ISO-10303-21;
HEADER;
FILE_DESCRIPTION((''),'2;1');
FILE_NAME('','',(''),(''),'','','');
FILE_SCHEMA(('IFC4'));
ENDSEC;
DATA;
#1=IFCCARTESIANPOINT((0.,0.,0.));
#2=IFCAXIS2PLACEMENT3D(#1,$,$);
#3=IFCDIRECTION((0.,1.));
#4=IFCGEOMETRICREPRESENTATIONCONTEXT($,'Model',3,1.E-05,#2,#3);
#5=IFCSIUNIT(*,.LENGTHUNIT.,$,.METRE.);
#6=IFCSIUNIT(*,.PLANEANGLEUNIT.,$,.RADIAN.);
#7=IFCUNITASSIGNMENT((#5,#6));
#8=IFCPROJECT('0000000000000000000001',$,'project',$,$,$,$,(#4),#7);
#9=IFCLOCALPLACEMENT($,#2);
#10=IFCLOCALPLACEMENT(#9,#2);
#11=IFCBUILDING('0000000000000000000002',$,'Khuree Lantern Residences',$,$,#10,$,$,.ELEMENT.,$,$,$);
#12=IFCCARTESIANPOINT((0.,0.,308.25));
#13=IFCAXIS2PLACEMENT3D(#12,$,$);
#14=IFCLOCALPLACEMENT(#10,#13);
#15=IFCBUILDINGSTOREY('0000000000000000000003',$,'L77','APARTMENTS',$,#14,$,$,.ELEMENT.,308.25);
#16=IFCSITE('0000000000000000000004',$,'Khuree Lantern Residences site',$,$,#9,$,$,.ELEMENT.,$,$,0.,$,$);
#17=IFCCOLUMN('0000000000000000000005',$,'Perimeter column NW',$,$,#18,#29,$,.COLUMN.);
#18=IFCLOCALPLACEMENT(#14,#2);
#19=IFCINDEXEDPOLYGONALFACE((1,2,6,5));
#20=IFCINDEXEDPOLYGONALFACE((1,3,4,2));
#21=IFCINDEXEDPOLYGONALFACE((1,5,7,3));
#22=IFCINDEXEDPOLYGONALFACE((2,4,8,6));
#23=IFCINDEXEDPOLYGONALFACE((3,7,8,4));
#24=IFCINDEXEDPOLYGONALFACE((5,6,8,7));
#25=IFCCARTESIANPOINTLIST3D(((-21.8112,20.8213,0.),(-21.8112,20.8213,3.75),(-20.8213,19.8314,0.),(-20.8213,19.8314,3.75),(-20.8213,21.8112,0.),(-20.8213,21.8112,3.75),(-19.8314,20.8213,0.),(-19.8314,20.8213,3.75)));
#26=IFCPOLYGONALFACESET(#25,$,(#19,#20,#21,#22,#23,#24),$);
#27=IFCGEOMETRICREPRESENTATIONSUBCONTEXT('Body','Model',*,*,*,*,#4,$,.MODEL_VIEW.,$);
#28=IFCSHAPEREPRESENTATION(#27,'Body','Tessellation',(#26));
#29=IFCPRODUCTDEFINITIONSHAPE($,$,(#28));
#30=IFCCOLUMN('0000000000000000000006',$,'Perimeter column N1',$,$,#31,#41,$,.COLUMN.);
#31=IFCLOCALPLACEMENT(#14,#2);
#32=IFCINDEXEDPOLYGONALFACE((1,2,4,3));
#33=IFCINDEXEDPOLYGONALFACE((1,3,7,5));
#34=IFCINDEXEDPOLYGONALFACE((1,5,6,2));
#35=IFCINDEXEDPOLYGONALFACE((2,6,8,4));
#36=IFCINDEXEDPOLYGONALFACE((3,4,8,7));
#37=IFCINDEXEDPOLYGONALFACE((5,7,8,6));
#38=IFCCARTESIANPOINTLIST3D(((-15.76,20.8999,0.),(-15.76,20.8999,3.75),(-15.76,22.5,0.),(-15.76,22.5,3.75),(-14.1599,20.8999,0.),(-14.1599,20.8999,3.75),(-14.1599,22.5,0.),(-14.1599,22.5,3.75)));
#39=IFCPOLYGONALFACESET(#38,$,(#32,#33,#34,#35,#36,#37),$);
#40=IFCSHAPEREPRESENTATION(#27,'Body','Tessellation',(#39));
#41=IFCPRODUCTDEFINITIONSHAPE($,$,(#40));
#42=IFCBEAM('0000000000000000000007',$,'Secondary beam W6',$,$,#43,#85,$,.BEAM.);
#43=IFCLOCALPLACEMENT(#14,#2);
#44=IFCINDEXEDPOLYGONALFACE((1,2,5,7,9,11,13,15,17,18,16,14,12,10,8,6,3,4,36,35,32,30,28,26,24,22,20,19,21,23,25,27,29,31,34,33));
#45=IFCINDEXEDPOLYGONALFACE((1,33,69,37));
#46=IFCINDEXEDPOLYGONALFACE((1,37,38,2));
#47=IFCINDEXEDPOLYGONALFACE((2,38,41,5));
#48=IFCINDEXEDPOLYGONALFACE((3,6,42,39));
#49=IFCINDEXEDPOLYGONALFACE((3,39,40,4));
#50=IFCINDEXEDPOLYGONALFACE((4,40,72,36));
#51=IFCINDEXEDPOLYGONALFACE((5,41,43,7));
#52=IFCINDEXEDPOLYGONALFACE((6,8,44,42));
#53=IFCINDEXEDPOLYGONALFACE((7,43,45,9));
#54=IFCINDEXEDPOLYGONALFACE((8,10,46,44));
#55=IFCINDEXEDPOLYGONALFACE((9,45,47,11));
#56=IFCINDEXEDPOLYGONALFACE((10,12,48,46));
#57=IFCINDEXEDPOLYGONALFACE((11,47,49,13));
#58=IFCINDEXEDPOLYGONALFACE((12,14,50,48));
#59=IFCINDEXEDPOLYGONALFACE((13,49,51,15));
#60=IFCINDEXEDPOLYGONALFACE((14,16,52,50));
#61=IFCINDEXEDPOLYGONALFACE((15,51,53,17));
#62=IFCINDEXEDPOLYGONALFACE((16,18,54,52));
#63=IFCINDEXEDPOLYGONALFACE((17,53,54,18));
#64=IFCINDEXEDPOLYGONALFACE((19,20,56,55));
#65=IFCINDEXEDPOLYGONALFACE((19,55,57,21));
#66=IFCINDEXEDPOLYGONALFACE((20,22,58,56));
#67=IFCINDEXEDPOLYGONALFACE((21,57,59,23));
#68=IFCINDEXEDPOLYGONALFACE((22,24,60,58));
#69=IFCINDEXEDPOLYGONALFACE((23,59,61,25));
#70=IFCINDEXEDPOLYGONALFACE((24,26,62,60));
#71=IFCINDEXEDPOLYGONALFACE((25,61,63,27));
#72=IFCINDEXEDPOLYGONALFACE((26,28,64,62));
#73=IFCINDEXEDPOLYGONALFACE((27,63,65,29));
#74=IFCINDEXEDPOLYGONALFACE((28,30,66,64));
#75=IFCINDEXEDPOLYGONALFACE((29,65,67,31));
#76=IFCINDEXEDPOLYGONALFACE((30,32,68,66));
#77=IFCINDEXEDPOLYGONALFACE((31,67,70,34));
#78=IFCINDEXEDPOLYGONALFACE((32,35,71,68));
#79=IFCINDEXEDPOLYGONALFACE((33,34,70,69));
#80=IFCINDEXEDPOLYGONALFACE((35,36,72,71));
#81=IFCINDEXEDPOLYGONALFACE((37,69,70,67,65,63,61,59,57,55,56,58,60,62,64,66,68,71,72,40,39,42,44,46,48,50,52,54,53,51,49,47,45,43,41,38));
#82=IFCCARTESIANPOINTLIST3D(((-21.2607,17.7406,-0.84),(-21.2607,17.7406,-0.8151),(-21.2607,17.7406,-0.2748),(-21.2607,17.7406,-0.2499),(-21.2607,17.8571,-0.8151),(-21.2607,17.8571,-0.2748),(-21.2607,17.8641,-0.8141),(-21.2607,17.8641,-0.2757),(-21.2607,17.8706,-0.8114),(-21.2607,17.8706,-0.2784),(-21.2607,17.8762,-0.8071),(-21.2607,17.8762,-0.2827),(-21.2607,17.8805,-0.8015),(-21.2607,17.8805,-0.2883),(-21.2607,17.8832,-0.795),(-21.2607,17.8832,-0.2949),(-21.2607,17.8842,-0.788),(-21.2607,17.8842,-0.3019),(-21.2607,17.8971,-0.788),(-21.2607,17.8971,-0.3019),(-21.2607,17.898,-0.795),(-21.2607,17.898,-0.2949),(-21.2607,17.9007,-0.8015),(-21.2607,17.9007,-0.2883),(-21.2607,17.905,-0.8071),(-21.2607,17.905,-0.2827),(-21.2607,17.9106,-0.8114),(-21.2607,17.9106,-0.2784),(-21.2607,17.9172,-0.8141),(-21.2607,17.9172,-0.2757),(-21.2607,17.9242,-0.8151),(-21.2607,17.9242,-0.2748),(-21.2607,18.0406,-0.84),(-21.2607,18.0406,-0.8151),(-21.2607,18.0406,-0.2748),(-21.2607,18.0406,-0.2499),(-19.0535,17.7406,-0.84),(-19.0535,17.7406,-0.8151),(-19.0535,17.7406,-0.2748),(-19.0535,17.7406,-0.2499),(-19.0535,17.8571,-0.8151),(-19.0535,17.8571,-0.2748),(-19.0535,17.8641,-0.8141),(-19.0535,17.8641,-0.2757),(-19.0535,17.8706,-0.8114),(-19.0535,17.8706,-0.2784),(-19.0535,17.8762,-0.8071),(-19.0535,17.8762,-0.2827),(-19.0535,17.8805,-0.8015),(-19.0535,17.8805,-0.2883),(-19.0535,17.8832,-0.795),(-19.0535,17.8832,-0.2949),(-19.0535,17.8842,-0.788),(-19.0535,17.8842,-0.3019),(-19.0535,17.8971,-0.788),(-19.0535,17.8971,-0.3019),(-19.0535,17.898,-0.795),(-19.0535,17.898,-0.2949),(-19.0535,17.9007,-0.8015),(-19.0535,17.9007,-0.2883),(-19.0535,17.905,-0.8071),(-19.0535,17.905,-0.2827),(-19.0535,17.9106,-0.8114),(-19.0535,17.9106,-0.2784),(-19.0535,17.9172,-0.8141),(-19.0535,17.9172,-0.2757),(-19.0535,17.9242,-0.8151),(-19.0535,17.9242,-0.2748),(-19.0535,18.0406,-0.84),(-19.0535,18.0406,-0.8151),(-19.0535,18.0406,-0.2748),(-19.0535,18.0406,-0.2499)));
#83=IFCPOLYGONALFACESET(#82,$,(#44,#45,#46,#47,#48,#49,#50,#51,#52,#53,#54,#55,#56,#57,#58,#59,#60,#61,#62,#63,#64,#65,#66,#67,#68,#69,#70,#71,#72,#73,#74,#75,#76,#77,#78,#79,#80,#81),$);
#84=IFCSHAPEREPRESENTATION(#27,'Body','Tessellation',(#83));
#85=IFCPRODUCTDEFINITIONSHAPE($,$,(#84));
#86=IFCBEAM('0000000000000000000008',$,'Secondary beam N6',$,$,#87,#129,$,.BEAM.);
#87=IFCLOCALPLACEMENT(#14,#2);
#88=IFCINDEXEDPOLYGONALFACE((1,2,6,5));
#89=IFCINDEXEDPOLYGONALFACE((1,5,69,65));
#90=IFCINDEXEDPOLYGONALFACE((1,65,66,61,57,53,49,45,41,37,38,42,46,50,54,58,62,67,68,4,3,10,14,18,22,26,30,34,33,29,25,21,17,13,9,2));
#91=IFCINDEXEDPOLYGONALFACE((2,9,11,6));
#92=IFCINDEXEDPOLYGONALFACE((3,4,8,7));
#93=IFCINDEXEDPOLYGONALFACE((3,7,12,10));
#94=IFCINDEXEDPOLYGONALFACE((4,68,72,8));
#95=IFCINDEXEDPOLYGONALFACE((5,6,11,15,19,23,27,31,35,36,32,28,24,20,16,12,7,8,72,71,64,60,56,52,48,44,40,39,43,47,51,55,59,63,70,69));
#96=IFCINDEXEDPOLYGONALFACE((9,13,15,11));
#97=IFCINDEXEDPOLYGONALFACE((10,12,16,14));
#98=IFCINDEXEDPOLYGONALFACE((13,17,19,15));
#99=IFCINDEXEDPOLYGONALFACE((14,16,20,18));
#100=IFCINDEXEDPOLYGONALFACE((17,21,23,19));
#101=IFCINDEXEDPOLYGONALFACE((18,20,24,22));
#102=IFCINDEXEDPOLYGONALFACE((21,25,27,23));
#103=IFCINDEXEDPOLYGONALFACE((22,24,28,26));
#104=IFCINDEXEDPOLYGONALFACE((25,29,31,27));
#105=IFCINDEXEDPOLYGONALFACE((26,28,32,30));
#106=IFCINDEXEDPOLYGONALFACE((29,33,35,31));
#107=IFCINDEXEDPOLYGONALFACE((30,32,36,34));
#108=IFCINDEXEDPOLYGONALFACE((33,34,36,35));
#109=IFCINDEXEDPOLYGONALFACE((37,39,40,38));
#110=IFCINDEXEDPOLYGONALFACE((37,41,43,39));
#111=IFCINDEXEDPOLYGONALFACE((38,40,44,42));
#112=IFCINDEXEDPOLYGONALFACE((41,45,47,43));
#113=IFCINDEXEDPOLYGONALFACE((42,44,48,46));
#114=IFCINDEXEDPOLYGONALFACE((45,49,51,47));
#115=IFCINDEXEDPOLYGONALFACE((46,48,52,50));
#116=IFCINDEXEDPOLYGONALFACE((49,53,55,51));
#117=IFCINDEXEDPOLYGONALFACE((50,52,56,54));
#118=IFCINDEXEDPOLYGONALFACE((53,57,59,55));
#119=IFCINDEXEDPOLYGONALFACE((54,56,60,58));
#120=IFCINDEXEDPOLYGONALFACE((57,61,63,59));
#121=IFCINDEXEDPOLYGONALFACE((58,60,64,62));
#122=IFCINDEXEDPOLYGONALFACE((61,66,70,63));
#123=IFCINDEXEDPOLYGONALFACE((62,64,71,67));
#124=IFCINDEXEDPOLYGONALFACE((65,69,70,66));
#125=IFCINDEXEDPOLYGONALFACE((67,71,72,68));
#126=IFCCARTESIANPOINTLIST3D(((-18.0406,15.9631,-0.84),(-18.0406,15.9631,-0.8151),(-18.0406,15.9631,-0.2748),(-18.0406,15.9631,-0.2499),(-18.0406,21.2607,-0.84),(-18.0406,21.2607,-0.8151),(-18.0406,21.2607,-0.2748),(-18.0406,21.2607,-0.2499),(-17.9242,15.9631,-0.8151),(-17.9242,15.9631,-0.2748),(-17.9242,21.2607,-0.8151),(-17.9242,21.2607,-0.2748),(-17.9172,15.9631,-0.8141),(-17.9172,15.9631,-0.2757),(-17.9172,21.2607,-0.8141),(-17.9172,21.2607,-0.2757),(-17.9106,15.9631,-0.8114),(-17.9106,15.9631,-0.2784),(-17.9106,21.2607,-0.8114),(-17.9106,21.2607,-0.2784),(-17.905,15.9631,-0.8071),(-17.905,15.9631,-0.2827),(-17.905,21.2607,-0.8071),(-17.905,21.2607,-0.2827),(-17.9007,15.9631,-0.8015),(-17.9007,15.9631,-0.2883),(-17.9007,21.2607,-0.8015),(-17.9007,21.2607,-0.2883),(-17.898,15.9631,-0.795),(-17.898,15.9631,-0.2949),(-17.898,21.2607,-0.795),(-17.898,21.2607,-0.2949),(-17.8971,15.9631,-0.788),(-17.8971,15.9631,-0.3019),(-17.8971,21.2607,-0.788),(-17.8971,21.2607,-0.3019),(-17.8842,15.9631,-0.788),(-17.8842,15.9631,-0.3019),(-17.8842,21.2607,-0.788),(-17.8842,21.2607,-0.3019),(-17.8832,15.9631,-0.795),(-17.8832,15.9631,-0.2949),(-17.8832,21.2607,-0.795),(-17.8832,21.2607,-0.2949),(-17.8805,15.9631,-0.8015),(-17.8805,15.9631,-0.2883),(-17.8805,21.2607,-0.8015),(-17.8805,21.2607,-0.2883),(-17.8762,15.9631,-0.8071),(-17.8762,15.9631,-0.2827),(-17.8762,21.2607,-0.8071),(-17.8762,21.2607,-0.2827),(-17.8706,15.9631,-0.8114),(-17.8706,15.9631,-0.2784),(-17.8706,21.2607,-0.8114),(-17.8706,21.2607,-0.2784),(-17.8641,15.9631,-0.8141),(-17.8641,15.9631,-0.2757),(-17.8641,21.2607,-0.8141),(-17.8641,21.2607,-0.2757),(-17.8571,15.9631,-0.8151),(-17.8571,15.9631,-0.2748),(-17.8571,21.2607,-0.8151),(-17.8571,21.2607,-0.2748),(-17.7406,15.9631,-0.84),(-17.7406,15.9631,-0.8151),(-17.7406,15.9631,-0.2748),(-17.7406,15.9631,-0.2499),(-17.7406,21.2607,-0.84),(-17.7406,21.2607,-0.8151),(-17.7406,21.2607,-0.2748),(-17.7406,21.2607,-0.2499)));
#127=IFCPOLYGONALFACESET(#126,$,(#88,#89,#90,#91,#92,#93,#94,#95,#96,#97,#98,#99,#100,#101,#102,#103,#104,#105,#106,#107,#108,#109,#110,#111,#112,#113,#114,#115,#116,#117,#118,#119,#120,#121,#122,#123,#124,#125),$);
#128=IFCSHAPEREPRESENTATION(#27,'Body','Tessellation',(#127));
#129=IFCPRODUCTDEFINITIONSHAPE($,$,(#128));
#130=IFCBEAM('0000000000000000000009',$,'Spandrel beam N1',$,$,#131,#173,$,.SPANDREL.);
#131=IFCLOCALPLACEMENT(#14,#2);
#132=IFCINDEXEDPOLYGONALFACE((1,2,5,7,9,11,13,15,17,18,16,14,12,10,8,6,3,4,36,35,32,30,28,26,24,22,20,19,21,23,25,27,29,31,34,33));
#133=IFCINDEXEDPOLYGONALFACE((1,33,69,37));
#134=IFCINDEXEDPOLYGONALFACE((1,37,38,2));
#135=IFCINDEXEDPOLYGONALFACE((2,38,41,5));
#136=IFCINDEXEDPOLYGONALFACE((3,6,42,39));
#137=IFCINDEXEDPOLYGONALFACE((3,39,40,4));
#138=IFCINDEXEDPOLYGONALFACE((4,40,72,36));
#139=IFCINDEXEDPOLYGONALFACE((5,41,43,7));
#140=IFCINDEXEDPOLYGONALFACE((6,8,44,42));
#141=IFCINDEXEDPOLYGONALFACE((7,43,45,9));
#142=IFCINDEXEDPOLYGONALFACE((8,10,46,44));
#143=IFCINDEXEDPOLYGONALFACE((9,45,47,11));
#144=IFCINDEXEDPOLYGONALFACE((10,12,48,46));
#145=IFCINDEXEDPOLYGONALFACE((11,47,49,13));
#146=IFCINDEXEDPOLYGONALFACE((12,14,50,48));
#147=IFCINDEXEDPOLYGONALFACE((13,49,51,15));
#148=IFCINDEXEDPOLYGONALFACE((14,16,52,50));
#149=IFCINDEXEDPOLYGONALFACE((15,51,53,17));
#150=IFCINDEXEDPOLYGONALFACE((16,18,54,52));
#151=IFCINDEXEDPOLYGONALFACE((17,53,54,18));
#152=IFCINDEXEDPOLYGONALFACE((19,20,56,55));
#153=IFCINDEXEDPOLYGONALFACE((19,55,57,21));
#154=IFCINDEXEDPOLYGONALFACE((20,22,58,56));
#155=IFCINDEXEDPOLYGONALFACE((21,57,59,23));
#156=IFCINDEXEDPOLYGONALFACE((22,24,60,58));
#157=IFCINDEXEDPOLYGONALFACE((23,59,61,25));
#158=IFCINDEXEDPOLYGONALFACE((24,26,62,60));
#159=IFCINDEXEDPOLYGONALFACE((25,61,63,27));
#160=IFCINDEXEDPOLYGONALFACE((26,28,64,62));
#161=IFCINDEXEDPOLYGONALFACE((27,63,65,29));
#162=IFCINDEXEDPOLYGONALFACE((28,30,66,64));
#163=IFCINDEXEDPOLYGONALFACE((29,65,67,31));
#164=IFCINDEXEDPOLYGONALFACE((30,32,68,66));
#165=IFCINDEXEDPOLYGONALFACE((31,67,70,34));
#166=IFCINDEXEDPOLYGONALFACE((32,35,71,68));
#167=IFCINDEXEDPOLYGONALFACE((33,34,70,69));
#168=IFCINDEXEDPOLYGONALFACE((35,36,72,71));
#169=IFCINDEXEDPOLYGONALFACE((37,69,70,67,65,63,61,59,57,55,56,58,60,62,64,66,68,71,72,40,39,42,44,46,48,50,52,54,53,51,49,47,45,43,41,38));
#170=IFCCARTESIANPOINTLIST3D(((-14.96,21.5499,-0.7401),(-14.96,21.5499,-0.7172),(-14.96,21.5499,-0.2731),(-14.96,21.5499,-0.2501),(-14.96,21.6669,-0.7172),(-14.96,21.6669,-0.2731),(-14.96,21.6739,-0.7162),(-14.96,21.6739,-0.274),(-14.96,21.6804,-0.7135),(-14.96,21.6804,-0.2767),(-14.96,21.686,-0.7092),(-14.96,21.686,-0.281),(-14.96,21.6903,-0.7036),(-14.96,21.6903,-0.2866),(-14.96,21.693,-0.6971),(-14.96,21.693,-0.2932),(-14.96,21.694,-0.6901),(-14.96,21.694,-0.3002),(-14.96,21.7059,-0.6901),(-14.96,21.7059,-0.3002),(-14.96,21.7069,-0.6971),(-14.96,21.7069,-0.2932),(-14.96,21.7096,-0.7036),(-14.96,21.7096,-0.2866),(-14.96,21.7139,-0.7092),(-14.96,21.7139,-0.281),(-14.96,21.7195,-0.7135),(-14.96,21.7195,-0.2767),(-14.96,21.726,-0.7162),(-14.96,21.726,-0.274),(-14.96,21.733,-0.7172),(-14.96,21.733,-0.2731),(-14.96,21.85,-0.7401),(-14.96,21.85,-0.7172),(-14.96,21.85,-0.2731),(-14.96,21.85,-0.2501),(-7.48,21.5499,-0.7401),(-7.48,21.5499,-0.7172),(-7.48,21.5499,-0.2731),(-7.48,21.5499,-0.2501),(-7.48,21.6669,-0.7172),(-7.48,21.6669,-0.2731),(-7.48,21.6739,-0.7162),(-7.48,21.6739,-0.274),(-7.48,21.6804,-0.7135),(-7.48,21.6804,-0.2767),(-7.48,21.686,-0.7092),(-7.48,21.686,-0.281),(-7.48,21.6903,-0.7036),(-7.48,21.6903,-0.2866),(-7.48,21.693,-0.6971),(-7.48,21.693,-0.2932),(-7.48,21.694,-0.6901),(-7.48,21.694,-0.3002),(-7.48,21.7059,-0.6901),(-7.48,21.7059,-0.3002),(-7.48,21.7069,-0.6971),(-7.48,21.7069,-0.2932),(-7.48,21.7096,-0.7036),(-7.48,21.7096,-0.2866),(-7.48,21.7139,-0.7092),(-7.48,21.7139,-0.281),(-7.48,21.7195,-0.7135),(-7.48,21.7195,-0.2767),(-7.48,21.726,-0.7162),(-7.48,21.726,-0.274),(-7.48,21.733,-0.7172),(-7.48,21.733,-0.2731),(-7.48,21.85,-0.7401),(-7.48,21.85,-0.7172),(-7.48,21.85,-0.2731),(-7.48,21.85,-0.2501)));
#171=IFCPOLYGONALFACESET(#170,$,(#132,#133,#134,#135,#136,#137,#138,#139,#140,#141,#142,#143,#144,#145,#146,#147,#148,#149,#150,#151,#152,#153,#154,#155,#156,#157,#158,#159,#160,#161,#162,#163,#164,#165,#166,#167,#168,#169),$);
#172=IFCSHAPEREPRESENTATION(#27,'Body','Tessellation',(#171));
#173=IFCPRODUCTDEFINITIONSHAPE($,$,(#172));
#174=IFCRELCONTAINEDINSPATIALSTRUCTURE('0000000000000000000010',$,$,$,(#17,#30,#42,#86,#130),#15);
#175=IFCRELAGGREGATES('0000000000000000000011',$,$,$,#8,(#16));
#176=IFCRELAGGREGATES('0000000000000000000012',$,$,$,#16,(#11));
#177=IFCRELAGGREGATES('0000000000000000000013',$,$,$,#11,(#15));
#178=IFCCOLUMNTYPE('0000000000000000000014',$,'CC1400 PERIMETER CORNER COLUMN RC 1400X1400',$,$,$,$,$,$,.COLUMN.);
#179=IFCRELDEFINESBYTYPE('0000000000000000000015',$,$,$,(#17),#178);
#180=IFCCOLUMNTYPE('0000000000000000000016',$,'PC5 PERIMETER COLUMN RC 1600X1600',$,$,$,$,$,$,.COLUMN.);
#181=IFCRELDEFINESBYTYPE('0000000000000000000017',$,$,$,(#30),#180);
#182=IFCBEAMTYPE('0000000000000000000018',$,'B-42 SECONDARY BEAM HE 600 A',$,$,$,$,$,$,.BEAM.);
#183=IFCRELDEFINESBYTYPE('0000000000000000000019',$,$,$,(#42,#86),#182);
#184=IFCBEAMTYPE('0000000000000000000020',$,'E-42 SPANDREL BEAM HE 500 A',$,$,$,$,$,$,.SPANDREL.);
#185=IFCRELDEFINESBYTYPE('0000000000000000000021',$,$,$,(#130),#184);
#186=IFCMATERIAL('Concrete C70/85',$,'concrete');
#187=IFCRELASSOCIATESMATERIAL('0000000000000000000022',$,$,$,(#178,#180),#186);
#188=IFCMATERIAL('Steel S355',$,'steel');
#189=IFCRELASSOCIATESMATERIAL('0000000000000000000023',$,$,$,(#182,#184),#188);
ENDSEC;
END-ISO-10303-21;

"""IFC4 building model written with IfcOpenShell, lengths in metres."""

from ifc_helpers import new_model, si_unit, direction, frame, origin, origin_2d, place, context, subcontext, project, spatial, rectangle, i_section, extrude, material, material_profile, profile_set, type_object, element, save


model = new_model("IFC4")

# Units and contexts
model_context = context("Model", 3, precision=1e-05, world=origin(), true_north=direction((0.0, 1.0)))
body_context = subcontext(model_context, "Body", "Model", "MODEL_VIEW")
ifc_project = project(units=[si_unit("LENGTHUNIT", "METRE"), si_unit("PLANEANGLEUNIT", "RADIAN")], contexts=[model_context])

# Site, building, storey
site_placement = place(None, origin())
site = spatial("IfcSite", under=ifc_project, at=site_placement, Name="Khuree Lantern Residences site", CompositionType="ELEMENT", RefElevation=0.0)
building_placement = place(site_placement, origin())
building = spatial("IfcBuilding", under=site, at=building_placement, Name="Khuree Lantern Residences", CompositionType="ELEMENT")
storey_placement = place(building_placement, frame((0.0, 0.0, 308.25)))
storey = spatial("IfcBuildingStorey", under=building, at=storey_placement, Name="L77", Description="APARTMENTS", CompositionType="ELEMENT", Elevation=308.25)

# Columns
ifc_material_1 = material(Name="Concrete C70/85", Category="concrete")
ifc_material_profile_1 = material_profile(ifc_material_1, rectangle(XDim=1.3999, YDim=1.3999, at=origin_2d()), Name="RC 1400X1400")
ifc_profile_set_1 = profile_set([ifc_material_profile_1], Name="Concrete C70/85")
column_type_1 = type_object("IfcColumnType", Name="CC1400 PERIMETER CORNER COLUMN RC 1400X1400", PredefinedType="COLUMN", material=ifc_profile_set_1)
column_1_placement = place(storey_placement, frame((-20.8213, 20.8213, 0.0), z_axis=(0.0, 0.0, 1.0), x_axis=(0.707107, 0.707107, 0.0)))
element("IfcColumn", 1, at=column_1_placement, inside=storey, type_object=column_type_1, Name="Perimeter column NW", PredefinedType="COLUMN", context=body_context, shape_type="SweptSolid", body=[
    extrude(rectangle(XDim=1.3999, YDim=1.3999, at=origin_2d()), origin(), (0.0, 0.0, 1.0), 3.75),
])
ifc_material_profile_2 = material_profile(ifc_material_1, rectangle(XDim=1.6001, YDim=1.6001, at=origin_2d()), Name="RC 1600X1600")
ifc_profile_set_2 = profile_set([ifc_material_profile_2], Name="Concrete C70/85")
column_type_2 = type_object("IfcColumnType", Name="PC5 PERIMETER COLUMN RC 1600X1600", PredefinedType="COLUMN", material=ifc_profile_set_2)
column_2_placement = place(storey_placement, frame((-14.96, 21.7, 0.0), z_axis=(0.0, 0.0, 1.0), x_axis=(1.0, 0.0, 0.0)))
element("IfcColumn", 2, at=column_2_placement, inside=storey, type_object=column_type_2, Name="Perimeter column N1", PredefinedType="COLUMN", context=body_context, shape_type="SweptSolid", body=[
    extrude(rectangle(XDim=1.6001, YDim=1.6001, at=origin_2d()), origin(), (0.0, 0.0, 1.0), 3.75),
])

# Beams
ifc_material_2 = material(Name="Steel S355", Category="steel")
ifc_material_profile_3 = material_profile(ifc_material_2, i_section(OverallWidth=0.3, OverallDepth=0.5901, WebThickness=0.0129, FlangeThickness=0.0249, FilletRadius=0.0271, at=origin_2d()), Name="HE 600 A")
ifc_profile_set_3 = profile_set([ifc_material_profile_3], Name="Steel S355")
beam_type_1 = type_object("IfcBeamType", Name="B-42 SECONDARY BEAM HE 600 A", PredefinedType="BEAM", material=ifc_profile_set_3)
beam_1_placement = place(storey_placement, frame((-21.2607, 17.8906, -0.5449), z_axis=(1.0, 0.0, 0.0), x_axis=(0.0, 1.0, 0.0)))
element("IfcBeam", 3, at=beam_1_placement, inside=storey, type_object=beam_type_1, Name="Secondary beam W6", PredefinedType="BEAM", context=body_context, shape_type="SweptSolid", body=[
    extrude(i_section(OverallWidth=0.3, OverallDepth=0.5901, WebThickness=0.0129, FlangeThickness=0.0249, FilletRadius=0.0271, at=origin_2d()), origin(), (0.0, 0.0, 1.0), 2.2073),
])
beam_2_placement = place(storey_placement, frame((-17.8906, 21.2607, -0.5449), z_axis=(0.0, -1.0, 0.0), x_axis=(1.0, 0.0, 0.0)))
element("IfcBeam", 4, at=beam_2_placement, inside=storey, type_object=beam_type_1, Name="Secondary beam N6", PredefinedType="BEAM", context=body_context, shape_type="SweptSolid", body=[
    extrude(i_section(OverallWidth=0.3, OverallDepth=0.5901, WebThickness=0.0129, FlangeThickness=0.0249, FilletRadius=0.0271, at=origin_2d()), origin(), (0.0, 0.0, 1.0), 5.2976),
])
ifc_material_profile_4 = material_profile(ifc_material_2, i_section(OverallWidth=0.3, OverallDepth=0.49, WebThickness=0.012, FlangeThickness=0.0229, FilletRadius=0.0271, at=origin_2d()), Name="HE 500 A")
ifc_profile_set_4 = profile_set([ifc_material_profile_4], Name="Steel S355")
beam_type_2 = type_object("IfcBeamType", Name="E-42 SPANDREL BEAM HE 500 A", PredefinedType="SPANDREL", material=ifc_profile_set_4)
beam_3_placement = place(storey_placement, frame((-14.96, 21.7, -0.4951), z_axis=(1.0, 0.0, 0.0), x_axis=(0.0, 1.0, 0.0)))
element("IfcBeam", 5, at=beam_3_placement, inside=storey, type_object=beam_type_2, Name="Spandrel beam N1", PredefinedType="SPANDREL", context=body_context, shape_type="SweptSolid", body=[
    extrude(i_section(OverallWidth=0.3, OverallDepth=0.49, WebThickness=0.012, FlangeThickness=0.0229, FilletRadius=0.0271, at=origin_2d()), origin(), (0.0, 0.0, 1.0), 7.48),
])

save(model, "model.ifc")
